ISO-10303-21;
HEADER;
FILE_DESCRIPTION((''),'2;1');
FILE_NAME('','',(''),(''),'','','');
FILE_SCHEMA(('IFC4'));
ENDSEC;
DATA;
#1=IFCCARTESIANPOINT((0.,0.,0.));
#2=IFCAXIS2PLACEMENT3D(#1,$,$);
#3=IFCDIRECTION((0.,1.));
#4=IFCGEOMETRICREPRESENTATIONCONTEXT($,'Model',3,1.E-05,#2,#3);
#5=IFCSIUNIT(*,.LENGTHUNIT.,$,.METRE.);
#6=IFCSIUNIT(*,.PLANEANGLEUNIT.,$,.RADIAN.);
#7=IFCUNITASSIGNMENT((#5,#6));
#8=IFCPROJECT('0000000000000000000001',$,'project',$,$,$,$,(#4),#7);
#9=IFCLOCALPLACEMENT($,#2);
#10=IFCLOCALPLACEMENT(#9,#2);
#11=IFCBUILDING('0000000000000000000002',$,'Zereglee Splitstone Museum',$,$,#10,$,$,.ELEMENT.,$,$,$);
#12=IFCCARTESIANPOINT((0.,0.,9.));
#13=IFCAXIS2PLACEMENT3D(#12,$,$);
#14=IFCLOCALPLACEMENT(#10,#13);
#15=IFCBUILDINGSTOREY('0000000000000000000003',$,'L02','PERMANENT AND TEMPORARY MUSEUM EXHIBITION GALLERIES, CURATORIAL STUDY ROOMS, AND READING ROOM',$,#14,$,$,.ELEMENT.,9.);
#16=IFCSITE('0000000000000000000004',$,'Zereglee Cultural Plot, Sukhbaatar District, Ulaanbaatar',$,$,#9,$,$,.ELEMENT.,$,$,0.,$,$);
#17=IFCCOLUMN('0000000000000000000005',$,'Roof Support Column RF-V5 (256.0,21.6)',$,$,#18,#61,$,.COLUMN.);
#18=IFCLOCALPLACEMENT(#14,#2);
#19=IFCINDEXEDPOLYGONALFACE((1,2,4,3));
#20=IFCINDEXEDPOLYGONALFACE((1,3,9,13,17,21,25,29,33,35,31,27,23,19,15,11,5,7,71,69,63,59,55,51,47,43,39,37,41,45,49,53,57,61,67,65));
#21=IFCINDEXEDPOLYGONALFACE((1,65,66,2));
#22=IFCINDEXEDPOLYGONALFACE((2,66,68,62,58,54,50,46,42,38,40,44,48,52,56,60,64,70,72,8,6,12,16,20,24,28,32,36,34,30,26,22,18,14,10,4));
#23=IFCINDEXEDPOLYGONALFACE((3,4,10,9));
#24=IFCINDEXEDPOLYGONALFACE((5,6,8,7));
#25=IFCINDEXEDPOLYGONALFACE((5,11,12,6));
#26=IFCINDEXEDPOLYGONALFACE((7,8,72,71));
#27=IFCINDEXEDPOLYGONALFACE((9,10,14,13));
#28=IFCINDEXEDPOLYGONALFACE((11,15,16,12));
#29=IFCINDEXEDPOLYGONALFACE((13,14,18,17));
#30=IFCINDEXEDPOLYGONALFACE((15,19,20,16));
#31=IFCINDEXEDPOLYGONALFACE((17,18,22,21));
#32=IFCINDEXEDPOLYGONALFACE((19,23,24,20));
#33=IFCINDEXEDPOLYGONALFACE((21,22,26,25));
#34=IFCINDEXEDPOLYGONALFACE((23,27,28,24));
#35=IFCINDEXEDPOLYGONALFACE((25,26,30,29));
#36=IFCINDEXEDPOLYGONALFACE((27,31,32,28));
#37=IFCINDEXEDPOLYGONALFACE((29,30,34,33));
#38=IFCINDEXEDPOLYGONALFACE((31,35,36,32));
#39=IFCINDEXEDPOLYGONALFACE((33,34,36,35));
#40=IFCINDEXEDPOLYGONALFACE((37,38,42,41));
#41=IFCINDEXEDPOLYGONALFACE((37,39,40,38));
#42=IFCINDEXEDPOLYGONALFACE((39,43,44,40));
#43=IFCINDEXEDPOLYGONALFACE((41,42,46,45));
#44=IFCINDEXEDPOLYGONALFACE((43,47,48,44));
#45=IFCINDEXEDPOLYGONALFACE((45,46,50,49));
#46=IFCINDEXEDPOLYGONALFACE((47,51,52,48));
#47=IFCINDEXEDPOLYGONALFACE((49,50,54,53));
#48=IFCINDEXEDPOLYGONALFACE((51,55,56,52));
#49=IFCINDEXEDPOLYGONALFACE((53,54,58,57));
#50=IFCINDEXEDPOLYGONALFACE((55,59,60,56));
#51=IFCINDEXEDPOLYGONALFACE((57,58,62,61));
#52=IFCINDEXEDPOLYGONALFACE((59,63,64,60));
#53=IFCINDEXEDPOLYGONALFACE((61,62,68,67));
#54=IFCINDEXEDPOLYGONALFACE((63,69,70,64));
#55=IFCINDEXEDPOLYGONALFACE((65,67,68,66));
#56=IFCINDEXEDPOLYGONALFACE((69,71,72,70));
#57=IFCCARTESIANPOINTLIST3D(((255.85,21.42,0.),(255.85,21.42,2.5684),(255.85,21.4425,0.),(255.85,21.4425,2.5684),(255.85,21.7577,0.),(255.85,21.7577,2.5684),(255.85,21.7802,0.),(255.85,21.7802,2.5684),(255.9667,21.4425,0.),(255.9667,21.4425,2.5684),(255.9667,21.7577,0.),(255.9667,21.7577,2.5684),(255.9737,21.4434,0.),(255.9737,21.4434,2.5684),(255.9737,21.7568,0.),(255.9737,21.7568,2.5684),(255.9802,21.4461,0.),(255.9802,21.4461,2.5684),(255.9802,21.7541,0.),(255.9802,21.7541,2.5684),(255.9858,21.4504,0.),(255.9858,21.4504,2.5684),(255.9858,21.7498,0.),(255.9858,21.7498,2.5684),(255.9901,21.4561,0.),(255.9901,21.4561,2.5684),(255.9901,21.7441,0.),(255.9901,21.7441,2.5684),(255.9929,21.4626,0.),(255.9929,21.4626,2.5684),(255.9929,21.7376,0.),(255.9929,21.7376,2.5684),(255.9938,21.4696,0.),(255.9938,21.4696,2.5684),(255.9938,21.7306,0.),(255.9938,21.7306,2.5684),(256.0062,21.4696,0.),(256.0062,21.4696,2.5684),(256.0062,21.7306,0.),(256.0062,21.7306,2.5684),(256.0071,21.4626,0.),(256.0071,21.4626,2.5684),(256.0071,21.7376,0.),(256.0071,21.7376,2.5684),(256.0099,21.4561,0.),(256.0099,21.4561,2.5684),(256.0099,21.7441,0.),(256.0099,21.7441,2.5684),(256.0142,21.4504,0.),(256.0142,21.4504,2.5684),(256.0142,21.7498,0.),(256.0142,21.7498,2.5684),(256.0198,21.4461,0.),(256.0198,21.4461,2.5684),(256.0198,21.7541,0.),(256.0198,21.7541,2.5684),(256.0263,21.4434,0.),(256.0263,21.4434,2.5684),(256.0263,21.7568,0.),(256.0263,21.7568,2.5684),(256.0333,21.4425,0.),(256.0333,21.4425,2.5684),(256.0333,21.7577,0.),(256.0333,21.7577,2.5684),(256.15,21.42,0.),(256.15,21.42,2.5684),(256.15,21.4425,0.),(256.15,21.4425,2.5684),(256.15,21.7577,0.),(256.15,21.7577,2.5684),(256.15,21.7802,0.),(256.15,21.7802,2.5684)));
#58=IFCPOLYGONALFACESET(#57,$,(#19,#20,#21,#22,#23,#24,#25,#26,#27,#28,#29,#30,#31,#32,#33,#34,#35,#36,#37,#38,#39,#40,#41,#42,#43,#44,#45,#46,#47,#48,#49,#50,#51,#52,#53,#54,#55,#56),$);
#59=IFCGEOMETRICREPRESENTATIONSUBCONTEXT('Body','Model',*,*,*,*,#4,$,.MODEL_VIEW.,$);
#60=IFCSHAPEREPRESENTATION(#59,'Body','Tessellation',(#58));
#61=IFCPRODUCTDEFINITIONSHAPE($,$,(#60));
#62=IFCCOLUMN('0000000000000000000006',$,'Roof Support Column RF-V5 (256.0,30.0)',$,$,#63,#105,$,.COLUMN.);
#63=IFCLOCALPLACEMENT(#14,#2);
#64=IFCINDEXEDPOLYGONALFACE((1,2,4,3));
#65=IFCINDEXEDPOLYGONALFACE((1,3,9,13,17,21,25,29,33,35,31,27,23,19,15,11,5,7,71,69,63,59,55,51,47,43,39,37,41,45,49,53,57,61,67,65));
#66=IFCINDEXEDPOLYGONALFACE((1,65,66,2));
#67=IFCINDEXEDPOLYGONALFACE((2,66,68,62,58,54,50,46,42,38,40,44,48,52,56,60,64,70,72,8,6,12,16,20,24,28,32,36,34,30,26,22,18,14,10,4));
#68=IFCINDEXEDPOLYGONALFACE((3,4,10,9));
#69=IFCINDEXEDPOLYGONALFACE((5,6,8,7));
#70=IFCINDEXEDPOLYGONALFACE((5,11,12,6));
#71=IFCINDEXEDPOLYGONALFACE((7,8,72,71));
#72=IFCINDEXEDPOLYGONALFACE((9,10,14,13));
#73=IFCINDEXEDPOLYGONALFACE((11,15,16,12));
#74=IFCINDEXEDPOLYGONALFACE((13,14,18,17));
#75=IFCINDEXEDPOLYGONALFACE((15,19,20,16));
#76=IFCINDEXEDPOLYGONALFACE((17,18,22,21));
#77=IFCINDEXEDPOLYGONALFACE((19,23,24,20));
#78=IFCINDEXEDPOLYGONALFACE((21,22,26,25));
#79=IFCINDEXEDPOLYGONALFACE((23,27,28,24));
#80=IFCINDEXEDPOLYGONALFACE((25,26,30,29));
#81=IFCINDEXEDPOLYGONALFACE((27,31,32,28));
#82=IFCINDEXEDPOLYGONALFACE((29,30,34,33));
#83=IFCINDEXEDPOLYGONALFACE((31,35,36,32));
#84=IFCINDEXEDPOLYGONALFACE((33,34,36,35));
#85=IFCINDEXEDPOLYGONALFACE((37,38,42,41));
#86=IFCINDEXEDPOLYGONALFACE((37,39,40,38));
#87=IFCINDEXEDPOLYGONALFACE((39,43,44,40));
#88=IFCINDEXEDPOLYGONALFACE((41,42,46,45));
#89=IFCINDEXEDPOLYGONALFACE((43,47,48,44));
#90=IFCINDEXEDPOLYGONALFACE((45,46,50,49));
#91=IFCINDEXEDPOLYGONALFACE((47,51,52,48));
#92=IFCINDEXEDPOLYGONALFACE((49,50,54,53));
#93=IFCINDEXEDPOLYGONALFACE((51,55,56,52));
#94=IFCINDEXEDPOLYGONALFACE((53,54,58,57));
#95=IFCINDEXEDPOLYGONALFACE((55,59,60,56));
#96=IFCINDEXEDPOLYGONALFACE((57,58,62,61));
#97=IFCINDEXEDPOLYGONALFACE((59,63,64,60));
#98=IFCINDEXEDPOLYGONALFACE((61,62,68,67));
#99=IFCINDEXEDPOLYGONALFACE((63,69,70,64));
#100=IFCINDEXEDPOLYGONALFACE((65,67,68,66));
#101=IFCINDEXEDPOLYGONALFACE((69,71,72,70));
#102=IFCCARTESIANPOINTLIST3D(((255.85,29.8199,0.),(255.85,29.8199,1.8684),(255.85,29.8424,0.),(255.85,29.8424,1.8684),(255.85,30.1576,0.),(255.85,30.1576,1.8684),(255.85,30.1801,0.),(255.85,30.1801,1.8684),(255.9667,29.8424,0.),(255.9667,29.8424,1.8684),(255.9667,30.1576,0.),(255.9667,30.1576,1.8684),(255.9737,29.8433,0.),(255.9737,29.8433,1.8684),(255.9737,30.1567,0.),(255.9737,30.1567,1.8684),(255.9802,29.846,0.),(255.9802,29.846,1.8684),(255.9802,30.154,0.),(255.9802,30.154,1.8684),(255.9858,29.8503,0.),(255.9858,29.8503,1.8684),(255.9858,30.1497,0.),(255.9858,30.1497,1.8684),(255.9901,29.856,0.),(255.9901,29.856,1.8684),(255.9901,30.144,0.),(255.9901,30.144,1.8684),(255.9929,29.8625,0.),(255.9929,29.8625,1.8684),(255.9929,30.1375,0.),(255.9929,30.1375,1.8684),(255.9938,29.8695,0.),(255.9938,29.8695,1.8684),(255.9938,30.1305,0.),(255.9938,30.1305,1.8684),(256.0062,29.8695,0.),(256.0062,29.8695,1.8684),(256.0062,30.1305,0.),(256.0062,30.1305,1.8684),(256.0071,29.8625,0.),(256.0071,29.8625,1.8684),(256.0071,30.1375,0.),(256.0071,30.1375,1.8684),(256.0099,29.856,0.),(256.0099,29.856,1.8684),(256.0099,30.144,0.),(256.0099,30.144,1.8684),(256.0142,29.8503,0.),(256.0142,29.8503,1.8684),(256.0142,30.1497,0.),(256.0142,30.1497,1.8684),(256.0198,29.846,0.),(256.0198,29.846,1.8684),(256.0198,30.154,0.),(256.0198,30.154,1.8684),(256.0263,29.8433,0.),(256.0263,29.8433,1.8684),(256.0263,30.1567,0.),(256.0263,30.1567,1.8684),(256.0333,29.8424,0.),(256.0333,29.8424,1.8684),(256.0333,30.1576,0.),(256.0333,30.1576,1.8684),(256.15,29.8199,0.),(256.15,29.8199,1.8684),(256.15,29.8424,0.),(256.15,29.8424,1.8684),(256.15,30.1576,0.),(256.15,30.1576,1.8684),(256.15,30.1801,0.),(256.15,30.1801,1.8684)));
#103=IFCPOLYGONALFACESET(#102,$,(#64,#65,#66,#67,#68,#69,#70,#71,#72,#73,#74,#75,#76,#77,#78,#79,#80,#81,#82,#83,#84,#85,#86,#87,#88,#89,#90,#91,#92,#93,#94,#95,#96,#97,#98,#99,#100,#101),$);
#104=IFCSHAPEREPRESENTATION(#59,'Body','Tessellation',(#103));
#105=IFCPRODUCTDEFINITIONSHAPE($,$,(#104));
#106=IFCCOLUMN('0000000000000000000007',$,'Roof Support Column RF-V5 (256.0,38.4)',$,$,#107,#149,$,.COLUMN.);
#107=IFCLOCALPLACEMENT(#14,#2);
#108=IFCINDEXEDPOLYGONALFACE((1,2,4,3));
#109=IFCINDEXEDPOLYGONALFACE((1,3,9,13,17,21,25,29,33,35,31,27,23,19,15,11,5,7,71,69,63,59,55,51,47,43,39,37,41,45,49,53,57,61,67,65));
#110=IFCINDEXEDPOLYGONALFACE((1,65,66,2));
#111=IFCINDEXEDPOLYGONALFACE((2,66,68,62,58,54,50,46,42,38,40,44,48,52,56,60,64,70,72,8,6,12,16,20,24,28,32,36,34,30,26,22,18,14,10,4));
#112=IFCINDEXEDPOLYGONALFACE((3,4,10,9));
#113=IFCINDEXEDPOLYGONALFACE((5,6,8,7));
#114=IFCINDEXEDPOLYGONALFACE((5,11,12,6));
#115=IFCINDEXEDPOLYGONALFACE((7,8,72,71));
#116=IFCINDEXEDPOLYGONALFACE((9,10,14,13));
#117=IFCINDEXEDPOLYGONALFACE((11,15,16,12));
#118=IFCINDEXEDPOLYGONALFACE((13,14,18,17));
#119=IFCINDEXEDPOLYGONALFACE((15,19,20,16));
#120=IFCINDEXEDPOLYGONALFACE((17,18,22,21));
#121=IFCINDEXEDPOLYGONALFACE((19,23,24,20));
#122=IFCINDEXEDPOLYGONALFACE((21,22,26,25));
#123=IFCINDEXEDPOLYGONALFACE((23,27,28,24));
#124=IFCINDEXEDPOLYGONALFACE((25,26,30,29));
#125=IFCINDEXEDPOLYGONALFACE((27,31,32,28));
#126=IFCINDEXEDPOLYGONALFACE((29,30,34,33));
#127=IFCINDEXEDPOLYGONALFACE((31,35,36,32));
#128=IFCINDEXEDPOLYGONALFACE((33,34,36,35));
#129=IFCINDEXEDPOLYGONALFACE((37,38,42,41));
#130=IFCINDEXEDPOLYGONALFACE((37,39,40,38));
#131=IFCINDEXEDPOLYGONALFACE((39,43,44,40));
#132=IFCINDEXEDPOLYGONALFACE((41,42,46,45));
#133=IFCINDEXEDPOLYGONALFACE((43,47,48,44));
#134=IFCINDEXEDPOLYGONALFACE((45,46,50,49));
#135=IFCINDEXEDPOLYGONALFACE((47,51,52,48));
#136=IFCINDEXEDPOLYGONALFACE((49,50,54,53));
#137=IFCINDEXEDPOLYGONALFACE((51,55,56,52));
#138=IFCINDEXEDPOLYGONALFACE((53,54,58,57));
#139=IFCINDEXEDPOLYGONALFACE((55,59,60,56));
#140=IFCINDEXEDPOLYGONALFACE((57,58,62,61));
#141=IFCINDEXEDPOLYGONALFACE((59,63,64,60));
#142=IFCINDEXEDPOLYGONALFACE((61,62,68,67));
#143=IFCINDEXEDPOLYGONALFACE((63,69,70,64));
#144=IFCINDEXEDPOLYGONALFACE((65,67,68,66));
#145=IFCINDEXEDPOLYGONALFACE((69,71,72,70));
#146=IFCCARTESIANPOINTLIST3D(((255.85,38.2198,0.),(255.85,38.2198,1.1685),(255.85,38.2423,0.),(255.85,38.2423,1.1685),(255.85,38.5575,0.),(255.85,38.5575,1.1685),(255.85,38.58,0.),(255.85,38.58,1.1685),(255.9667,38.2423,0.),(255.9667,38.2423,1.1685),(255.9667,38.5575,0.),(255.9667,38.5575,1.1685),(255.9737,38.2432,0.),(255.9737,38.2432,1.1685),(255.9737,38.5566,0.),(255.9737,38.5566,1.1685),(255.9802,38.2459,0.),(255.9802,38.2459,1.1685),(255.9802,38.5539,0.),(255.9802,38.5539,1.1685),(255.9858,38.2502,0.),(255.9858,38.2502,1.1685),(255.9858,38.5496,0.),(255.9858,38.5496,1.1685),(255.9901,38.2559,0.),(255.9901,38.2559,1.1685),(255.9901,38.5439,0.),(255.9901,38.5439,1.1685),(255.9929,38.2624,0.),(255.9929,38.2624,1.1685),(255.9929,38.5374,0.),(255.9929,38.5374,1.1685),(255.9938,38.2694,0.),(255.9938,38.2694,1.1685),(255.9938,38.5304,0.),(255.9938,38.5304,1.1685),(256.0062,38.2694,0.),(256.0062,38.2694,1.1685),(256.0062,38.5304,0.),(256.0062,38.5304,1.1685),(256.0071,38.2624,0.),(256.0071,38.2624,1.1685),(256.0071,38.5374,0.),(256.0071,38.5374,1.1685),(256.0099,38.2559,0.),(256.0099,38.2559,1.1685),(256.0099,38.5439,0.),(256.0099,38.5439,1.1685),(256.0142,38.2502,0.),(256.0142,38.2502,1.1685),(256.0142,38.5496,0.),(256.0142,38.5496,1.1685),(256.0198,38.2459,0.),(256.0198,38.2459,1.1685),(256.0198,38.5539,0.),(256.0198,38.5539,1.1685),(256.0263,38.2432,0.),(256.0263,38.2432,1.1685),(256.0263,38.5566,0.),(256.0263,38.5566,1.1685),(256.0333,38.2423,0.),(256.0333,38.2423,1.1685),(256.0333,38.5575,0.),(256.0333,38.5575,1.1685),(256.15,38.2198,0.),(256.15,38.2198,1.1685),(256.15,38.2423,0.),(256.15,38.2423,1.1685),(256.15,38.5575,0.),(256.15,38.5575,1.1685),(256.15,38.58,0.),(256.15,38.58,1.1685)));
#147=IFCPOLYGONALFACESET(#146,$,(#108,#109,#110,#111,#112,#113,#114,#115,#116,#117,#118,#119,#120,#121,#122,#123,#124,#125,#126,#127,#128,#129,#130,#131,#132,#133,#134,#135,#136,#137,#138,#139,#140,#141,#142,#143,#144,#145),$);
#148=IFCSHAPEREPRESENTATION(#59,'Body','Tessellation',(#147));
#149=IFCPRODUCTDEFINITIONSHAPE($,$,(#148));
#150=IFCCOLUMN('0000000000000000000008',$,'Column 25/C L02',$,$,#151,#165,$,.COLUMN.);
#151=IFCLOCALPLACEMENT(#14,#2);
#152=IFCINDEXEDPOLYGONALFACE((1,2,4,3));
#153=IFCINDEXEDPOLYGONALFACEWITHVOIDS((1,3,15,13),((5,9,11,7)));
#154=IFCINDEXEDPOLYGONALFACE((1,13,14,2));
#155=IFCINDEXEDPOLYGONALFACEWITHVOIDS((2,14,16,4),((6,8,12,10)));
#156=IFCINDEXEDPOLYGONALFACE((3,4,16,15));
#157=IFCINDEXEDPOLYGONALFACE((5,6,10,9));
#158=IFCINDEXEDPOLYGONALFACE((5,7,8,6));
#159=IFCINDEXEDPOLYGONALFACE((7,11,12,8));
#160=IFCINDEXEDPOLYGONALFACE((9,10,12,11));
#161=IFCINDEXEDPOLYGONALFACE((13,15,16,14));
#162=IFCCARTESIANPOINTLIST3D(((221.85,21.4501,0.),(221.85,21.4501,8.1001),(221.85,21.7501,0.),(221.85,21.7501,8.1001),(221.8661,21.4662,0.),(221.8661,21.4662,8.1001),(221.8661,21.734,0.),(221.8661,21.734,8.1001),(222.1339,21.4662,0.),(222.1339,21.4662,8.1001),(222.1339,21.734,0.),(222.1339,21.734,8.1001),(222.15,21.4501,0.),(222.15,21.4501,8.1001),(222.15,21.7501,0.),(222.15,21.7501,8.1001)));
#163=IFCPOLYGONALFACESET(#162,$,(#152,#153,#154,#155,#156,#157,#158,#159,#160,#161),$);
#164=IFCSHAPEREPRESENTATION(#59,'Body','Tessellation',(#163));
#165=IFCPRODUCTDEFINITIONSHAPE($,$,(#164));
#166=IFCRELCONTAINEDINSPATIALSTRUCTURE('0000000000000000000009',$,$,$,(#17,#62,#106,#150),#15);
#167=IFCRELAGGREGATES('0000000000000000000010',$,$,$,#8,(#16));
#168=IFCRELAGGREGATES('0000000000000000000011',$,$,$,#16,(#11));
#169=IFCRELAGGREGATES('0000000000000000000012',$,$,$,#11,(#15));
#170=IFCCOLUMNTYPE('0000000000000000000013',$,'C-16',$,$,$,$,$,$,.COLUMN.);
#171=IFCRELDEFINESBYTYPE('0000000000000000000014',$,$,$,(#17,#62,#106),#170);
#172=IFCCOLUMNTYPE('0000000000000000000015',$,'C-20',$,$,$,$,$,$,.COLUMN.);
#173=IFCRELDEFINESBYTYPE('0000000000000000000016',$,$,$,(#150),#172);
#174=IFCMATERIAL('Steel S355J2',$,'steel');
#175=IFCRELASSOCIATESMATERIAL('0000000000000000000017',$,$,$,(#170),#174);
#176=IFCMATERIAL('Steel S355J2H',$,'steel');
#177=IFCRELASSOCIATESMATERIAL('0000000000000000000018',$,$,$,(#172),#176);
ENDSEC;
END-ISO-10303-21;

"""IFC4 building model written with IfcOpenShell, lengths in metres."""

from ifc_helpers import new_model, si_unit, direction, frame, origin, origin_2d, place, context, subcontext, project, spatial, hollow_rectangle, i_section, extrude, material, material_profile, profile_set, type_object, element, save


model = new_model("IFC4")

# Units and contexts
model_context = context("Model", 3, precision=1e-05, world=origin(), true_north=direction((0.0, 1.0)))
body_context = subcontext(model_context, "Body", "Model", "MODEL_VIEW")
ifc_project = project(units=[si_unit("LENGTHUNIT", "METRE"), si_unit("PLANEANGLEUNIT", "RADIAN")], contexts=[model_context])

# Site, building, storey
site_placement = place(None, origin())
site = spatial("IfcSite", under=ifc_project, at=site_placement, Name="Zereglee Cultural Plot, Sukhbaatar District, Ulaanbaatar", CompositionType="ELEMENT", RefElevation=0.0)
building_placement = place(site_placement, origin())
building = spatial("IfcBuilding", under=site, at=building_placement, Name="Zereglee Splitstone Museum", CompositionType="ELEMENT")
storey_placement = place(building_placement, frame((0.0, 0.0, 9.0)))
storey = spatial("IfcBuildingStorey", under=building, at=storey_placement, Name="L02", Description="PERMANENT AND TEMPORARY MUSEUM EXHIBITION GALLERIES, CURATORIAL STUDY ROOMS, AND READING ROOM", CompositionType="ELEMENT", Elevation=9.0)

# Columns
ifc_material_1 = material(Name="Steel S355J2", Category="steel")
ifc_material_profile_1 = material_profile(ifc_material_1, i_section(OverallWidth=0.3, OverallDepth=0.3601, WebThickness=0.0125, FlangeThickness=0.0225, FilletRadius=0.0271, at=origin_2d()), Name="HE 360 B")
ifc_profile_set_1 = profile_set([ifc_material_profile_1], Name="Steel S355J2")
column_type_1 = type_object("IfcColumnType", Name="C-16", PredefinedType="COLUMN", material=ifc_profile_set_1)
column_1_placement = place(storey_placement, frame((256.0, 21.6001, 0.0), z_axis=(0.0, 0.0, 1.0), x_axis=(1.0, 0.0, 0.0)))
element("IfcColumn", 1, at=column_1_placement, inside=storey, type_object=column_type_1, Name="Roof Support Column RF-V5 (256.0,21.6)", PredefinedType="COLUMN", context=body_context, shape_type="SweptSolid", body=[
    extrude(i_section(OverallWidth=0.3, OverallDepth=0.3601, WebThickness=0.0125, FlangeThickness=0.0225, FilletRadius=0.0271, at=origin_2d()), origin(), (0.0, 0.0, 1.0), 2.5684),
])
column_2_placement = place(storey_placement, frame((256.0, 30.0, 0.0), z_axis=(0.0, 0.0, 1.0), x_axis=(1.0, 0.0, 0.0)))
element("IfcColumn", 2, at=column_2_placement, inside=storey, type_object=column_type_1, Name="Roof Support Column RF-V5 (256.0,30.0)", PredefinedType="COLUMN", context=body_context, shape_type="SweptSolid", body=[
    extrude(i_section(OverallWidth=0.3, OverallDepth=0.3601, WebThickness=0.0125, FlangeThickness=0.0225, FilletRadius=0.0271, at=origin_2d()), origin(), (0.0, 0.0, 1.0), 1.8684),
])
column_3_placement = place(storey_placement, frame((256.0, 38.3999, 0.0), z_axis=(0.0, 0.0, 1.0), x_axis=(1.0, 0.0, 0.0)))
element("IfcColumn", 3, at=column_3_placement, inside=storey, type_object=column_type_1, Name="Roof Support Column RF-V5 (256.0,38.4)", PredefinedType="COLUMN", context=body_context, shape_type="SweptSolid", body=[
    extrude(i_section(OverallWidth=0.3, OverallDepth=0.3601, WebThickness=0.0125, FlangeThickness=0.0225, FilletRadius=0.0271, at=origin_2d()), origin(), (0.0, 0.0, 1.0), 1.1685),
])
ifc_material_2 = material(Name="Steel S355J2H", Category="steel")
ifc_material_profile_2 = material_profile(ifc_material_2, hollow_rectangle(XDim=0.3, YDim=0.3, WallThickness=0.0161, at=origin_2d()), Name="SHS 300x300x16")
ifc_profile_set_2 = profile_set([ifc_material_profile_2], Name="Steel S355J2H")
column_type_2 = type_object("IfcColumnType", Name="C-20", PredefinedType="COLUMN", material=ifc_profile_set_2)
column_4_placement = place(storey_placement, frame((222.0, 21.6001, 0.0), z_axis=(0.0, 0.0, 1.0), x_axis=(1.0, 0.0, 0.0)))
element("IfcColumn", 4, at=column_4_placement, inside=storey, type_object=column_type_2, Name="Column 25/C L02", PredefinedType="COLUMN", context=body_context, shape_type="SweptSolid", body=[
    extrude(hollow_rectangle(XDim=0.3, YDim=0.3, WallThickness=0.0161, at=origin_2d()), origin(), (0.0, 0.0, 1.0), 8.1001),
])

save(model, "model.ifc")
